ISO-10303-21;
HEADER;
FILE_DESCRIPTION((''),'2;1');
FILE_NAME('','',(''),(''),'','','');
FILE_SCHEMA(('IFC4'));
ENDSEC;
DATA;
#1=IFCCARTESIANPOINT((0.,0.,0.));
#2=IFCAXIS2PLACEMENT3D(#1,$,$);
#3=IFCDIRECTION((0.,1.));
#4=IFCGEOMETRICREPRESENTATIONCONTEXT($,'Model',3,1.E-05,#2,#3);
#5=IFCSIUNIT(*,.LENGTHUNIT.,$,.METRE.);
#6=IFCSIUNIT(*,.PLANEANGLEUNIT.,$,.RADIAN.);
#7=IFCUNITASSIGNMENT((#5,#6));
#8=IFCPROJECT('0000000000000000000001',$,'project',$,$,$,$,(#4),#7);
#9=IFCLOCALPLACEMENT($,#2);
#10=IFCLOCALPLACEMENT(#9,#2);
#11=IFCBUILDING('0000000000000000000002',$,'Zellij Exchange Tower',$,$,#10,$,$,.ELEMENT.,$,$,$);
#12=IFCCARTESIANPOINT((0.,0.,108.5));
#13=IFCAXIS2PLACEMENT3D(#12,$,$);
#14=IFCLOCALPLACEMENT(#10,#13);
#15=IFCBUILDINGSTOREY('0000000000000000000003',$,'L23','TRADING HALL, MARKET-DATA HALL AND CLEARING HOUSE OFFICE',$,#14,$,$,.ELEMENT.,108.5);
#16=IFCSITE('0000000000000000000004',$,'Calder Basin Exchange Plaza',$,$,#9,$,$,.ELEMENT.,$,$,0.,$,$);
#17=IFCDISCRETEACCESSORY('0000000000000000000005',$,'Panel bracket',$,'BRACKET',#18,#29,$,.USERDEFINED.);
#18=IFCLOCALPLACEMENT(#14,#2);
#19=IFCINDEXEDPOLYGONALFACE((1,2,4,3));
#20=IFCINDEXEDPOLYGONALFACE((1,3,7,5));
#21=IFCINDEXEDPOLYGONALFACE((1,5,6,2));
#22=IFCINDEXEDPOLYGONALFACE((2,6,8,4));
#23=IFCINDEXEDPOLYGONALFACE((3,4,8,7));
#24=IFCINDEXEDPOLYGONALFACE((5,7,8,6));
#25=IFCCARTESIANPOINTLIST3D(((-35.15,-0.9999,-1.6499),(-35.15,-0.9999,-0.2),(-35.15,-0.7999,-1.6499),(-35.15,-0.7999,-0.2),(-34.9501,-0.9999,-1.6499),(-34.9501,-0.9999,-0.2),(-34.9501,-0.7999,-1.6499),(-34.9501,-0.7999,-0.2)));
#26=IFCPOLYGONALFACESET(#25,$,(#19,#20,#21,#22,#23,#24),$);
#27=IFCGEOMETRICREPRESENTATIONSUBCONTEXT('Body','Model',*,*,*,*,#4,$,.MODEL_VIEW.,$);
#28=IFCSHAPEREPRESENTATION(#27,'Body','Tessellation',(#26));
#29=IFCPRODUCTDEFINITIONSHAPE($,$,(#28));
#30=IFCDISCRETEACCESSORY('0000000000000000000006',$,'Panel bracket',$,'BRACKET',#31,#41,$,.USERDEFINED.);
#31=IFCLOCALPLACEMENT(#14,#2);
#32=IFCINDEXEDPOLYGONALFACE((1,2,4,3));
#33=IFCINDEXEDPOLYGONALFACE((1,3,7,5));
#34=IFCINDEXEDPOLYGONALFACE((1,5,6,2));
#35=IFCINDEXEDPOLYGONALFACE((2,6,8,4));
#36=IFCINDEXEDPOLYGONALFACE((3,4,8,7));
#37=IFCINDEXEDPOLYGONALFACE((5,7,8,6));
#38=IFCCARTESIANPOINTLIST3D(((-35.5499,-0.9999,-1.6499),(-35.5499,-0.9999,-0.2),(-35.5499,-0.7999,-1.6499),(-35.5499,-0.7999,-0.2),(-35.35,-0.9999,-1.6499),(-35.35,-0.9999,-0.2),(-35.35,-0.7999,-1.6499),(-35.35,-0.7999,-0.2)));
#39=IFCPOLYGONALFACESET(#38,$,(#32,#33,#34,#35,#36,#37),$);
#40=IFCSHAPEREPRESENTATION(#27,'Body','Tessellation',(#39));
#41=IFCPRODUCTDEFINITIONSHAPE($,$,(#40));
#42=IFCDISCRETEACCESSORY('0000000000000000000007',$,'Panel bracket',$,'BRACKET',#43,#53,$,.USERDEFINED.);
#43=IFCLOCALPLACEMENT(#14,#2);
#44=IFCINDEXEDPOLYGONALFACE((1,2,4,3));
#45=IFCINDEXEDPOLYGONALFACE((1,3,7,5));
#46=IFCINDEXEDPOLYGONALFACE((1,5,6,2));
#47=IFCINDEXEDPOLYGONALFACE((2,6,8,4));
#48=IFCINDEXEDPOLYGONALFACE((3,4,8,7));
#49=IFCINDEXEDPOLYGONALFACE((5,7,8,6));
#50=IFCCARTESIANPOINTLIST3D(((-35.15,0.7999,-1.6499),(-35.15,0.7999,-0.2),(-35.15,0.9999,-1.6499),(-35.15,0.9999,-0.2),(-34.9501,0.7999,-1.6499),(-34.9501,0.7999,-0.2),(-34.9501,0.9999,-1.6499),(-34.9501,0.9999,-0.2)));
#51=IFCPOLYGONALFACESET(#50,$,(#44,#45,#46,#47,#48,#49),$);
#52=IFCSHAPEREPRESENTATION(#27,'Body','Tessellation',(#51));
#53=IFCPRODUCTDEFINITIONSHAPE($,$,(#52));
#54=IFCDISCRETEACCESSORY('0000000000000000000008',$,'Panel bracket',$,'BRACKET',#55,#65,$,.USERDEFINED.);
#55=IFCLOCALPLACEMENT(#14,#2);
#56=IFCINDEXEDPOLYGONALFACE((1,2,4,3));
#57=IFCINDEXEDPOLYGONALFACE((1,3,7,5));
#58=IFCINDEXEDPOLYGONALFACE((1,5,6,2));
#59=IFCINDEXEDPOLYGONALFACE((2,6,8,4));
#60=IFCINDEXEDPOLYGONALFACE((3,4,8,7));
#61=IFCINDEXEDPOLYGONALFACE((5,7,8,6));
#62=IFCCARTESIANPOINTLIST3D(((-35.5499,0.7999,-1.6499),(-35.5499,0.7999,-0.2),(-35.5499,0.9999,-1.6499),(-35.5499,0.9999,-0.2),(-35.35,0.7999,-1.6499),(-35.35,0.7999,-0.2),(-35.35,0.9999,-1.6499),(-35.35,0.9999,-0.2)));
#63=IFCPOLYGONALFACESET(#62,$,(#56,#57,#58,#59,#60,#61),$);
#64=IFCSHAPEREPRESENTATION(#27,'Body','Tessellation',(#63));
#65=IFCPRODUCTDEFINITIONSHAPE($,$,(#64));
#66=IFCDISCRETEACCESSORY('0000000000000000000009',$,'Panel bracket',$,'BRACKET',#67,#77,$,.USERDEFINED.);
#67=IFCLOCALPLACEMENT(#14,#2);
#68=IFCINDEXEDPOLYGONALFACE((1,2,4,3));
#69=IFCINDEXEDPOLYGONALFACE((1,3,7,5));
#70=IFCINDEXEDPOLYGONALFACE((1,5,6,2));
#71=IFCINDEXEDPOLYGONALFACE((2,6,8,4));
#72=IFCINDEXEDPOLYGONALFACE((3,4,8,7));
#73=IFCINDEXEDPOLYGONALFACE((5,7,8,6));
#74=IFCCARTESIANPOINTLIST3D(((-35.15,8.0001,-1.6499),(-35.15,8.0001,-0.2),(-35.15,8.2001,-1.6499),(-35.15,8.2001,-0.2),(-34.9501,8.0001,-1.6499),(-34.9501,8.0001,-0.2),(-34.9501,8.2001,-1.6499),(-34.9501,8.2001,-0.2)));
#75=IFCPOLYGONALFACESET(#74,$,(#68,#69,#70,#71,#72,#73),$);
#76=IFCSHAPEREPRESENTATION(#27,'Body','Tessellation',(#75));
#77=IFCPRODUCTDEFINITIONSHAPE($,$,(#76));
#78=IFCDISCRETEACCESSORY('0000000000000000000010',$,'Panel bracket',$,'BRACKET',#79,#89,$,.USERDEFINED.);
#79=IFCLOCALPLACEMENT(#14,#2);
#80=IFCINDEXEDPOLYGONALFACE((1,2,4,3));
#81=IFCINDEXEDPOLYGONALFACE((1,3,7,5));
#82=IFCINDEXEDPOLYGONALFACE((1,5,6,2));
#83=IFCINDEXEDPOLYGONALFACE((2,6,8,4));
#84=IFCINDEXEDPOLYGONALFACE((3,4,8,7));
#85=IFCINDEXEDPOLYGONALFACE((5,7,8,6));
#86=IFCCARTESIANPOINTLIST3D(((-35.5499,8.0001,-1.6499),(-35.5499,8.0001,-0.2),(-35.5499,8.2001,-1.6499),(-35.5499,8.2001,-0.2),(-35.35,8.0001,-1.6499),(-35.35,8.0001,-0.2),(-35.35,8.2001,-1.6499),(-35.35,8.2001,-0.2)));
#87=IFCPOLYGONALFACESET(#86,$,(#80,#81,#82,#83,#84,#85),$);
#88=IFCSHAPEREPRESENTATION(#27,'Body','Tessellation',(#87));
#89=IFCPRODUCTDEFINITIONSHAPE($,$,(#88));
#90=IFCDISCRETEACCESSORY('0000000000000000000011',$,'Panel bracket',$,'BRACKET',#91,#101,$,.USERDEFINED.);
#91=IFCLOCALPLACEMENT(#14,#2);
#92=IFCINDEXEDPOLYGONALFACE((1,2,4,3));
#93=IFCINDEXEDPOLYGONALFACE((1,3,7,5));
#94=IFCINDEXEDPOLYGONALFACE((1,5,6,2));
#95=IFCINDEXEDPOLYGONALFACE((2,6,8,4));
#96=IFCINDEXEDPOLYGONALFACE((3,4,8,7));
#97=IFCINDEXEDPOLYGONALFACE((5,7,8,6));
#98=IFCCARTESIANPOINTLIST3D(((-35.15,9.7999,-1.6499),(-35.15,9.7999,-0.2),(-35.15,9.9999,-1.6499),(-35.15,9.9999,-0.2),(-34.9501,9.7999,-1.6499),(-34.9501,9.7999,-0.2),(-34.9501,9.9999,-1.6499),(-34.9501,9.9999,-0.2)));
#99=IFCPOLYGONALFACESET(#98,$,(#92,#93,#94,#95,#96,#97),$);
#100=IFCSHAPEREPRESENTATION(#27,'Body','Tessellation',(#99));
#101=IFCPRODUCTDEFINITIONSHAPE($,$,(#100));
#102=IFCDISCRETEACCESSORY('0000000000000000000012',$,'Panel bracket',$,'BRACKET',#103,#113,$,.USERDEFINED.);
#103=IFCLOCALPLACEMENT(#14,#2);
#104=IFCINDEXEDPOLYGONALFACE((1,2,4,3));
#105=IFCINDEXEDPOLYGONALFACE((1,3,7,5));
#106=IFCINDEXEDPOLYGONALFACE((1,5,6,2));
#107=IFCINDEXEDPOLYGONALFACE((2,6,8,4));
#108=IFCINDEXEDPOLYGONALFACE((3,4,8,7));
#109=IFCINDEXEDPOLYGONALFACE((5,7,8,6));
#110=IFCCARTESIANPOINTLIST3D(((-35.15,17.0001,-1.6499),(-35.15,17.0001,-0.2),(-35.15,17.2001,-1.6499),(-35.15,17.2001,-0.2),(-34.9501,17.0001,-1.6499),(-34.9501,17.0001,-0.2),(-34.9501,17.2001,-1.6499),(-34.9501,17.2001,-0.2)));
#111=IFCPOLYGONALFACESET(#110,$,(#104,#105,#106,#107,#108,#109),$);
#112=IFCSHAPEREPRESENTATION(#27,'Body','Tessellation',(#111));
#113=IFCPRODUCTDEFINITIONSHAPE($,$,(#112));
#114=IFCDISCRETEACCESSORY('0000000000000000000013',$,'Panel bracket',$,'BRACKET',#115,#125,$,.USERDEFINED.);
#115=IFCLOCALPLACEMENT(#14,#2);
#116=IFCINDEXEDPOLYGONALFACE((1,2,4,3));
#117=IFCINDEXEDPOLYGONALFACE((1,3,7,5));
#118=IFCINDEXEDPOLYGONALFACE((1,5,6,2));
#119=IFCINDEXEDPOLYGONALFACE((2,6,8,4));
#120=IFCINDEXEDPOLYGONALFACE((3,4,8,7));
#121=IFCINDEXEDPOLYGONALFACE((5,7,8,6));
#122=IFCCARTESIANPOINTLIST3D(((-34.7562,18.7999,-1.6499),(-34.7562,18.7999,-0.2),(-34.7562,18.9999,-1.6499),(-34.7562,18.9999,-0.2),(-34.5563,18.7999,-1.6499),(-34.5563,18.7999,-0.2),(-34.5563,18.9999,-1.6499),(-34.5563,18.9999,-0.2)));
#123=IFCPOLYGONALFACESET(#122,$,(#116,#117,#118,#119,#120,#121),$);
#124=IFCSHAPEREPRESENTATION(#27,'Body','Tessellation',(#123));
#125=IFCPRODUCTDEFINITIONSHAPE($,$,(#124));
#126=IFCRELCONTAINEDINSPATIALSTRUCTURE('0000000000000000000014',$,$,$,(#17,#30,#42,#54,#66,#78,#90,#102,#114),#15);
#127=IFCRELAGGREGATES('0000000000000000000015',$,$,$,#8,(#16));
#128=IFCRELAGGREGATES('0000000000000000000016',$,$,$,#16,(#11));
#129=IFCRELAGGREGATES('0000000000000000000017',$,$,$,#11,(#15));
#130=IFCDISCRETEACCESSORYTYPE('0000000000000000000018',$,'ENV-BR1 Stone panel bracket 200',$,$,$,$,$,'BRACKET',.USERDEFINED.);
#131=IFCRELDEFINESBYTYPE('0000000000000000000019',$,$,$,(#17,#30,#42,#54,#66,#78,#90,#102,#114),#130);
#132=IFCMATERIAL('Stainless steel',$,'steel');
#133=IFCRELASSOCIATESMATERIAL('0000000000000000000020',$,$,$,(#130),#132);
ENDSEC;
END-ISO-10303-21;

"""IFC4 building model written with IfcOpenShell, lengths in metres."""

from ifc_helpers import new_model, si_unit, direction, frame, origin, origin_2d, place, context, subcontext, project, spatial, rectangle, extrude, material, type_object, element, save


model = new_model("IFC4")

# Units and contexts
model_context = context("Model", 3, precision=1e-05, world=origin(), true_north=direction((0.0, 1.0)))
body_context = subcontext(model_context, "Body", "Model", "MODEL_VIEW")
ifc_project = project(units=[si_unit("LENGTHUNIT", "METRE"), si_unit("PLANEANGLEUNIT", "RADIAN")], contexts=[model_context])

# Site, building, storey
site_placement = place(None, origin())
site = spatial("IfcSite", under=ifc_project, at=site_placement, Name="Calder Basin Exchange Plaza", CompositionType="ELEMENT", RefElevation=0.0)
building_placement = place(site_placement, origin())
building = spatial("IfcBuilding", under=site, at=building_placement, Name="Zellij Exchange Tower", CompositionType="ELEMENT")
storey_placement = place(building_placement, frame((0.0, 0.0, 108.5)))
storey = spatial("IfcBuildingStorey", under=building, at=storey_placement, Name="L23", Description="TRADING HALL, MARKET-DATA HALL AND CLEARING HOUSE OFFICE", CompositionType="ELEMENT", Elevation=108.5)

# Discrete accessories
ifc_material_1 = material(Name="Stainless steel", Category="steel")
discrete_accessory_type = type_object("IfcDiscreteAccessoryType", Name="ENV-BR1 Stone panel bracket 200", ElementType="BRACKET", PredefinedType="USERDEFINED", material=ifc_material_1)
for number, where, z_axis, x_axis, name in (
    (1, (-35.05, -0.8999, -1.6499), (0.0, 0.0, 1.0), (1.0, 0.0, 0.0), "Panel bracket"),
    (2, (-35.45, -0.8999, -1.6499), (0.0, 0.0, 1.0), (1.0, 0.0, 0.0), "Panel bracket"),
    (3, (-35.05, 0.8999, -1.6499), (0.0, 0.0, 1.0), (1.0, 0.0, 0.0), "Panel bracket"),
    (4, (-35.45, 0.8999, -1.6499), (0.0, 0.0, 1.0), (1.0, 0.0, 0.0), "Panel bracket"),
    (5, (-35.05, 8.1001, -1.6499), (0.0, 0.0, 1.0), (1.0, 0.0, 0.0), "Panel bracket"),
    (6, (-35.45, 8.1001, -1.6499), (0.0, 0.0, 1.0), (1.0, 0.0, 0.0), "Panel bracket"),
    (7, (-35.05, 9.8999, -1.6499), (0.0, 0.0, 1.0), (1.0, 0.0, 0.0), "Panel bracket"),
    (8, (-35.05, 17.1001, -1.6499), (0.0, 0.0, 1.0), (1.0, 0.0, 0.0), "Panel bracket"),
    (9, (-34.6562, 18.8999, -1.6499), (0.0, 0.0, 1.0), (1.0, 0.0, 0.0), "Panel bracket"),
):
    element("IfcDiscreteAccessory", number, at=place(storey_placement, frame(where, z_axis=z_axis, x_axis=x_axis)), inside=storey, type_object=discrete_accessory_type, Name=name, ObjectType="BRACKET", PredefinedType="USERDEFINED", context=body_context, shape_type="SweptSolid", body=[
        extrude(rectangle(XDim=0.2, YDim=0.2, at=origin_2d()), origin(), (0.0, 0.0, 1.0), 1.45),
    ])

save(model, "model.ifc")
